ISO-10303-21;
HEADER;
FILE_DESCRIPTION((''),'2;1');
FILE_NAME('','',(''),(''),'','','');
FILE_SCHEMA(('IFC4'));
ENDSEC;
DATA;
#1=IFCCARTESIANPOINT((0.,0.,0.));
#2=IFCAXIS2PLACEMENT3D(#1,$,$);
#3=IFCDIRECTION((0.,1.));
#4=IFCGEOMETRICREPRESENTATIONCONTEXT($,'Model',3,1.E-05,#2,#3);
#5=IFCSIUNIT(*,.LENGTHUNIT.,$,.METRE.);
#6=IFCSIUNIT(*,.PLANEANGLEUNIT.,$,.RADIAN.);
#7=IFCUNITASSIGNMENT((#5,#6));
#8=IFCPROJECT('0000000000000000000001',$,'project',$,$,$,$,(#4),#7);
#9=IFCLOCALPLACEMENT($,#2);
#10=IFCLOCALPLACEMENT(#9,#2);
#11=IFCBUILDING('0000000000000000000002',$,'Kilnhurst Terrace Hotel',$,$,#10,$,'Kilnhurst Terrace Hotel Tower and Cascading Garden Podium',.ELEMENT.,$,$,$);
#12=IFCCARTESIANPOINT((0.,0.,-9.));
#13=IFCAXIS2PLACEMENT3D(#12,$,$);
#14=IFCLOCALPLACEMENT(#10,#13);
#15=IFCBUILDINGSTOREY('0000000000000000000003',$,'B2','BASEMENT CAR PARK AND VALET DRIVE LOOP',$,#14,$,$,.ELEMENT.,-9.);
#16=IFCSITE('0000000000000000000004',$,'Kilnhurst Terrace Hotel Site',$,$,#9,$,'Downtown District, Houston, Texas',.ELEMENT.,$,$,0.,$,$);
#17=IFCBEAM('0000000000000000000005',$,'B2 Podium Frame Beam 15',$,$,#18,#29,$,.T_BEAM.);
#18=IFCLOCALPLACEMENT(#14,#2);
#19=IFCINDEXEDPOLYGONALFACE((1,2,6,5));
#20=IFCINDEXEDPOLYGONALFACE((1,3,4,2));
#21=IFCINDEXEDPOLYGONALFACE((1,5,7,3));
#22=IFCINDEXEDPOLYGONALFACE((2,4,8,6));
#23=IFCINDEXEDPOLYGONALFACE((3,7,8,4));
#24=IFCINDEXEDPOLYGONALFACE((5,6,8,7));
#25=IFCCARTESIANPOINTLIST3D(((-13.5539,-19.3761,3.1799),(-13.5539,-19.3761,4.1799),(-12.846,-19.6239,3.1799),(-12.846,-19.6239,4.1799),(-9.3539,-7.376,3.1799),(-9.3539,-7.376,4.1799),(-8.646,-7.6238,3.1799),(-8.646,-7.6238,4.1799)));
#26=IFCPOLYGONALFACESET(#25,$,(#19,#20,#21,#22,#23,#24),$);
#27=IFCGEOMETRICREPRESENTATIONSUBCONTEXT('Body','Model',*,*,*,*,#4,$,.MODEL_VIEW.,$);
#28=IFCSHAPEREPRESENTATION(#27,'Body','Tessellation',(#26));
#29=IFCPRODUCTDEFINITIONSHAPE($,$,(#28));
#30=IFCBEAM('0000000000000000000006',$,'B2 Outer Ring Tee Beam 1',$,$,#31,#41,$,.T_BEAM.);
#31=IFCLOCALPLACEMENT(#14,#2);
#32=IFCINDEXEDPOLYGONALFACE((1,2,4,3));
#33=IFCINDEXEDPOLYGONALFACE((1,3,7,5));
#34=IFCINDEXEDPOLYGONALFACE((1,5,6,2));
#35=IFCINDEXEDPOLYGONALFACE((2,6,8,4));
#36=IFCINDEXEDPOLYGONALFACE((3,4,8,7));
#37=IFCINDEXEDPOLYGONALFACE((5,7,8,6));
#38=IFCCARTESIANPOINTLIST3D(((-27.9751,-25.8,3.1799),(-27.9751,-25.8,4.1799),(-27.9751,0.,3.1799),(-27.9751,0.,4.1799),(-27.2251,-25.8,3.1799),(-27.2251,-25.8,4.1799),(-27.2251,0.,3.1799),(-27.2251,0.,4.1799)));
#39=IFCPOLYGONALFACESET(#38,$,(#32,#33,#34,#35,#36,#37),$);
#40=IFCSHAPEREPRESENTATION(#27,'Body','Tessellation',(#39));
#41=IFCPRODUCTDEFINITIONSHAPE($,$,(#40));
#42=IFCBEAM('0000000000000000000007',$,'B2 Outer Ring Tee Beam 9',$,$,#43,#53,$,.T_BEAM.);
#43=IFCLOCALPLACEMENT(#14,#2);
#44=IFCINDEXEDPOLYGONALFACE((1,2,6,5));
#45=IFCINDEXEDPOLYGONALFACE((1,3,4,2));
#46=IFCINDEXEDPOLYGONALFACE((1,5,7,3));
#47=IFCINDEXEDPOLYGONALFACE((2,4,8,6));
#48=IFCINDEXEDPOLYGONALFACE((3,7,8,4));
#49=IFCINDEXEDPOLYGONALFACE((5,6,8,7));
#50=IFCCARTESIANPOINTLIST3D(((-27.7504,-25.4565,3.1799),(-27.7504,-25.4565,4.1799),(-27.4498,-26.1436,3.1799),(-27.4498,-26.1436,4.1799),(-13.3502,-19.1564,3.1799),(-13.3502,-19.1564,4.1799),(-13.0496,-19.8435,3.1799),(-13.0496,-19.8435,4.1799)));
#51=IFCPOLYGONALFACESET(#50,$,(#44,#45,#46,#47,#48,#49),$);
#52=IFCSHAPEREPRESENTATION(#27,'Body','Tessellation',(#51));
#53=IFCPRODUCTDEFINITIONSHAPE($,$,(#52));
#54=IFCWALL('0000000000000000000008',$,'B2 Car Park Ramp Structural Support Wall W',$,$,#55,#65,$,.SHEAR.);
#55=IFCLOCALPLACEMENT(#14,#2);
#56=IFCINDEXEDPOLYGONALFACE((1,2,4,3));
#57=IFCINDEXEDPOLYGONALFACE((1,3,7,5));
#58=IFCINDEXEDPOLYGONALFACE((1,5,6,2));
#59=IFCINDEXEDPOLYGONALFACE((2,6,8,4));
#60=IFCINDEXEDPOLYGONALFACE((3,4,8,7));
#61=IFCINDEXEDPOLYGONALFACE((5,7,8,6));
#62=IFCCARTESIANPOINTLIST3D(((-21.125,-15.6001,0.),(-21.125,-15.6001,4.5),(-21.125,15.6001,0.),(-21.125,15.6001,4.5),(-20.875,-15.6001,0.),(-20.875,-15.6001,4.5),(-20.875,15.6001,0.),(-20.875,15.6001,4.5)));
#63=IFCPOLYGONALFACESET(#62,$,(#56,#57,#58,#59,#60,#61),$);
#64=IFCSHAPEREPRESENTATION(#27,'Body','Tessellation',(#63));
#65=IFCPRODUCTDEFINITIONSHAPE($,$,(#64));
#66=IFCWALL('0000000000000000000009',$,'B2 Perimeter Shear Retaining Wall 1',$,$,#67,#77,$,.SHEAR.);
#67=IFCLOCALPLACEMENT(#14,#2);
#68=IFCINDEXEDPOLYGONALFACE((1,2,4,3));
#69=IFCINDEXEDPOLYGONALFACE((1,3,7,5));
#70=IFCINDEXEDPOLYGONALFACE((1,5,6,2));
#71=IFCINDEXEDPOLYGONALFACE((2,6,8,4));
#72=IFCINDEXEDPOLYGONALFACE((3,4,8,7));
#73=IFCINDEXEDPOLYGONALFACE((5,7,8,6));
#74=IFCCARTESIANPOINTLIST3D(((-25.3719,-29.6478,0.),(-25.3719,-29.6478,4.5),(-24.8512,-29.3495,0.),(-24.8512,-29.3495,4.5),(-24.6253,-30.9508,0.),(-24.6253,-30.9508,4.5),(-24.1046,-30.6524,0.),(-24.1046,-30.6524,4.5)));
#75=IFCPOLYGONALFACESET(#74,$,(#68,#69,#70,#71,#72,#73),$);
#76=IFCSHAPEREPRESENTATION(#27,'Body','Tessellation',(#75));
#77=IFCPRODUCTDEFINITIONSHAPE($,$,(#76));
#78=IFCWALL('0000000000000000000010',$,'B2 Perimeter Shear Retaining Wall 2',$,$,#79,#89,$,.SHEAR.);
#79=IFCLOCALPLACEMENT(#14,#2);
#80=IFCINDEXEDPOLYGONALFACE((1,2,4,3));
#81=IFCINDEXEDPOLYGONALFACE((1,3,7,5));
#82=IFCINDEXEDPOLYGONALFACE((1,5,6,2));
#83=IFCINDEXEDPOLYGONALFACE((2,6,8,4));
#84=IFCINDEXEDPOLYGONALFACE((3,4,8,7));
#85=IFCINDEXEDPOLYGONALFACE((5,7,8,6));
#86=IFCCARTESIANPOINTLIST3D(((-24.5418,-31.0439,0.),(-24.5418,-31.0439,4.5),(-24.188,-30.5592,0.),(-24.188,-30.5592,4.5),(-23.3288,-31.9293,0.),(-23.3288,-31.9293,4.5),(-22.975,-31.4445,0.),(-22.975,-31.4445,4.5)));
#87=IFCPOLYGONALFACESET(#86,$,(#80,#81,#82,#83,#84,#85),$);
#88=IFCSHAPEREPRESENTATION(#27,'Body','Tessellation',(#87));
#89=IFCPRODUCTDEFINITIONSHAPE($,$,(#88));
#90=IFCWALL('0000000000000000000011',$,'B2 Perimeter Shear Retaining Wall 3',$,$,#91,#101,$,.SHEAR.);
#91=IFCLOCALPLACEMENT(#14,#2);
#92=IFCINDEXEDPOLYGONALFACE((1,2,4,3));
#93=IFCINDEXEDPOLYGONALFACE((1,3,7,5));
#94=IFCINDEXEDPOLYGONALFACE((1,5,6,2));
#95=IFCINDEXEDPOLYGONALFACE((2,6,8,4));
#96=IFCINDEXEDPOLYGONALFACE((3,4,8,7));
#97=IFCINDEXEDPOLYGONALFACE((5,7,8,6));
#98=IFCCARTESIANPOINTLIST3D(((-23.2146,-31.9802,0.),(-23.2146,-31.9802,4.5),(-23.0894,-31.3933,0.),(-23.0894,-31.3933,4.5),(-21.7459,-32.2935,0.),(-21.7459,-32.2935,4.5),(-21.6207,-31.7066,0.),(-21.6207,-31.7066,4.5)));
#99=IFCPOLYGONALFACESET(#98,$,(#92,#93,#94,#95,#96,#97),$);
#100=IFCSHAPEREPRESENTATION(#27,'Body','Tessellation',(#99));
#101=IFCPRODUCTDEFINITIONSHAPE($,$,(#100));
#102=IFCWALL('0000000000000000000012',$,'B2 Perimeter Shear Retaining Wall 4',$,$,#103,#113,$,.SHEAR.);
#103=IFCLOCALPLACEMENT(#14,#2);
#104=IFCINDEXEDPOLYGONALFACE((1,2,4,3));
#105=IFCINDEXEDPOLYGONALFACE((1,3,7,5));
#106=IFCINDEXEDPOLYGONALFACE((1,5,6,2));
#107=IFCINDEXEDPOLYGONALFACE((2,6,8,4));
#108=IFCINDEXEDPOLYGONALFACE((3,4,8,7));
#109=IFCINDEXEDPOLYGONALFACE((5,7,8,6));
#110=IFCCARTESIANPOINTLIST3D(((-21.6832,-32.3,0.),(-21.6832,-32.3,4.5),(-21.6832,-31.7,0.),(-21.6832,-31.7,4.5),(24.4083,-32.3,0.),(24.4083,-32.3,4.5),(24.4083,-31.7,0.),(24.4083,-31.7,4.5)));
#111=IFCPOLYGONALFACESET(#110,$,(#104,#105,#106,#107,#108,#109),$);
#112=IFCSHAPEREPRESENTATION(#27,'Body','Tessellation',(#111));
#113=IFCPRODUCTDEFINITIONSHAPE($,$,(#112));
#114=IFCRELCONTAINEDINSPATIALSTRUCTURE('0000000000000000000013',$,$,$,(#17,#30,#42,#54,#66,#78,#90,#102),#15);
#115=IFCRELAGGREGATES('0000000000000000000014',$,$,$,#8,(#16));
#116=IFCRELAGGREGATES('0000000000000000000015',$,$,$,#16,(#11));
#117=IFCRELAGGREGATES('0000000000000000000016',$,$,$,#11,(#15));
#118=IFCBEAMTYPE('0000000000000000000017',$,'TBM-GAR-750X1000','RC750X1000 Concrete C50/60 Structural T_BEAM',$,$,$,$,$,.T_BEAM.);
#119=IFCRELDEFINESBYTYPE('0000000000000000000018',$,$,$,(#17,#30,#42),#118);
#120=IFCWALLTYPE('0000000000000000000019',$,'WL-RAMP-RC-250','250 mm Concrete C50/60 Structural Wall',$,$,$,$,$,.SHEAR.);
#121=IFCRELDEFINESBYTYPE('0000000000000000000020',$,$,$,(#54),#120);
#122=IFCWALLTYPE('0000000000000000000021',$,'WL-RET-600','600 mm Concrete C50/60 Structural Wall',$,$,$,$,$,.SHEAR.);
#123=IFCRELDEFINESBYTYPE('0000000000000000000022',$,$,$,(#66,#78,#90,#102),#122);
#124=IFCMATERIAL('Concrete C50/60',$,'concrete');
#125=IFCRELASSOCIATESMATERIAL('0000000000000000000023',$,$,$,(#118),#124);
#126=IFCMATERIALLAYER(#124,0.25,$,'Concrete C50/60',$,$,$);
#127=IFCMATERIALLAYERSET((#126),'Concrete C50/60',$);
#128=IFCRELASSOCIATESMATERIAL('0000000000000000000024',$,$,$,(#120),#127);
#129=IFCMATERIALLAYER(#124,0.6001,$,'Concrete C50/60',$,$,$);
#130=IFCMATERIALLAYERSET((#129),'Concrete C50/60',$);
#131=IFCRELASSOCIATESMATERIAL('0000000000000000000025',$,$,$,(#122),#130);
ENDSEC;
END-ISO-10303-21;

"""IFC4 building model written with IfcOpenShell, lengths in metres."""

from ifc_helpers import new_model, si_unit, direction, frame, frame_2d, origin, origin_2d, place, context, subcontext, project, spatial, rectangle, extrude, material, layer, layer_set, material_profile, profile_set, type_object, element, save


model = new_model("IFC4")

# Units and contexts
model_context = context("Model", 3, precision=1e-05, world=origin(), true_north=direction((0.0, 1.0)))
body_context = subcontext(model_context, "Body", "Model", "MODEL_VIEW")
ifc_project = project(units=[si_unit("LENGTHUNIT", "METRE"), si_unit("PLANEANGLEUNIT", "RADIAN")], contexts=[model_context])

# Site, building, storey
site_placement = place(None, origin())
site = spatial("IfcSite", under=ifc_project, at=site_placement, Name="Kilnhurst Terrace Hotel Site", LongName="Downtown District, Houston, Texas", CompositionType="ELEMENT", RefElevation=0.0)
building_placement = place(site_placement, origin())
building = spatial("IfcBuilding", under=site, at=building_placement, Name="Kilnhurst Terrace Hotel", LongName="Kilnhurst Terrace Hotel Tower and Cascading Garden Podium", CompositionType="ELEMENT")
storey_placement = place(building_placement, frame((0.0, 0.0, -9.0)))
storey = spatial("IfcBuildingStorey", under=building, at=storey_placement, Name="B2", Description="BASEMENT CAR PARK AND VALET DRIVE LOOP", CompositionType="ELEMENT", Elevation=-9.0)

# Shared definitions
ifc_material_1 = material(Name="Concrete C50/60", Category="concrete")

# Beams
ifc_material_profile_1 = material_profile(ifc_material_1, rectangle(XDim=0.75, YDim=1.0, at=origin_2d()), Name="RC750X1000")
ifc_profile_set_1 = profile_set([ifc_material_profile_1], Name="Concrete C50/60")
beam_type_1 = type_object("IfcBeamType", Name="TBM-GAR-750X1000", Description="RC750X1000 Concrete C50/60 Structural T_BEAM", PredefinedType="T_BEAM", material=ifc_profile_set_1)
beam_1_placement = place(storey_placement, frame((-13.2, -19.5, 3.6799), z_axis=(0.330347, 0.94386, 0.0), x_axis=(-0.94386, 0.330347, 0.0)))
element("IfcBeam", 1, at=beam_1_placement, inside=storey, type_object=beam_type_1, Name="B2 Podium Frame Beam 15", PredefinedType="T_BEAM", context=body_context, shape_type="SweptSolid", body=[
    extrude(rectangle(XDim=0.75, YDim=1.0, at=origin_2d()), origin(), (0.0, 0.0, 1.0), 12.7139),
])
beam_2_placement = place(storey_placement, frame((-27.6001, -25.8, 3.6799), z_axis=(0.0, 1.0, 0.0), x_axis=(-1.0, 0.0, 0.0)))
element("IfcBeam", 2, at=beam_2_placement, inside=storey, type_object=beam_type_1, Name="B2 Outer Ring Tee Beam 1", PredefinedType="T_BEAM", context=body_context, shape_type="SweptSolid", body=[
    extrude(rectangle(XDim=0.75, YDim=1.0, at=origin_2d()), origin(), (0.0, 0.0, 1.0), 25.8),
])
beam_3_placement = place(storey_placement, frame((-27.6001, -25.8, 3.6799), z_axis=(0.916158, 0.400818, 0.0), x_axis=(-0.400818, 0.916158, 0.0)))
element("IfcBeam", 3, at=beam_3_placement, inside=storey, type_object=beam_type_1, Name="B2 Outer Ring Tee Beam 9", PredefinedType="T_BEAM", context=body_context, shape_type="SweptSolid", body=[
    extrude(rectangle(XDim=0.75, YDim=1.0, at=origin_2d()), origin(), (0.0, 0.0, 1.0), 15.718),
])

# Walls
ifc_layer_1 = layer(ifc_material_1, 0.25, Name="Concrete C50/60")
ifc_layer_set_1 = layer_set([ifc_layer_1], Name="Concrete C50/60")
wall_type_1 = type_object("IfcWallType", Name="WL-RAMP-RC-250", Description="250 mm Concrete C50/60 Structural Wall", PredefinedType="SHEAR", material=ifc_layer_set_1)
wall_1_placement = place(storey_placement, frame((-21.0, -15.6001, 0.0), z_axis=(0.0, 0.0, 1.0), x_axis=(0.0, 1.0, 0.0)))
element("IfcWall", 4, at=wall_1_placement, inside=storey, type_object=wall_type_1, Name="B2 Car Park Ramp Structural Support Wall W", PredefinedType="SHEAR", context=body_context, shape_type="SweptSolid", body=[
    extrude(rectangle(XDim=31.2002, YDim=0.25, at=frame_2d((15.6001, 0.0))), origin(), (0.0, 0.0, 1.0), 4.5),
])
ifc_layer_2 = layer(ifc_material_1, 0.6001, Name="Concrete C50/60")
ifc_layer_set_2 = layer_set([ifc_layer_2], Name="Concrete C50/60")
wall_type_2 = type_object("IfcWallType", Name="WL-RET-600", Description="600 mm Concrete C50/60 Structural Wall", PredefinedType="SHEAR", material=ifc_layer_set_2)
for number, where, z_axis, x_axis, name in (
    (5, (-25.1116, -29.4985, 0.0), (0.0, 0.0, 1.0), (0.497154, -0.867662, 0.0), "B2 Perimeter Shear Retaining Wall 1"),
    (6, (-24.365, -30.8015, 0.0), (0.0, 0.0, 1.0), (0.807737, -0.589544, 0.0), "B2 Perimeter Shear Retaining Wall 2"),
    (7, (-23.1521, -31.6868, 0.0), (0.0, 0.0, 1.0), (0.978007, -0.208574, 0.0), "B2 Perimeter Shear Retaining Wall 3"),
):
    element("IfcWall", number, at=place(storey_placement, frame(where, z_axis=z_axis, x_axis=x_axis)), inside=storey, type_object=wall_type_2, Name=name, PredefinedType="SHEAR", context=body_context, shape_type="SweptSolid", body=[
        extrude(rectangle(XDim=1.5017, YDim=0.6001, at=frame_2d((0.751, 0.0))), origin(), (0.0, 0.0, 1.0), 4.5),
    ])
wall_2_placement = place(storey_placement, frame((-21.6833, -32.0, 0.0), z_axis=(0.0, 0.0, 1.0), x_axis=(1.0, 0.0, 0.0)))
element("IfcWall", 8, at=wall_2_placement, inside=storey, type_object=wall_type_2, Name="B2 Perimeter Shear Retaining Wall 4", PredefinedType="SHEAR", context=body_context, shape_type="SweptSolid", body=[
    extrude(rectangle(XDim=46.0916, YDim=0.6001, at=frame_2d((23.0459, 0.0))), origin(), (0.0, 0.0, 1.0), 4.5),
])

save(model, "model.ifc")
